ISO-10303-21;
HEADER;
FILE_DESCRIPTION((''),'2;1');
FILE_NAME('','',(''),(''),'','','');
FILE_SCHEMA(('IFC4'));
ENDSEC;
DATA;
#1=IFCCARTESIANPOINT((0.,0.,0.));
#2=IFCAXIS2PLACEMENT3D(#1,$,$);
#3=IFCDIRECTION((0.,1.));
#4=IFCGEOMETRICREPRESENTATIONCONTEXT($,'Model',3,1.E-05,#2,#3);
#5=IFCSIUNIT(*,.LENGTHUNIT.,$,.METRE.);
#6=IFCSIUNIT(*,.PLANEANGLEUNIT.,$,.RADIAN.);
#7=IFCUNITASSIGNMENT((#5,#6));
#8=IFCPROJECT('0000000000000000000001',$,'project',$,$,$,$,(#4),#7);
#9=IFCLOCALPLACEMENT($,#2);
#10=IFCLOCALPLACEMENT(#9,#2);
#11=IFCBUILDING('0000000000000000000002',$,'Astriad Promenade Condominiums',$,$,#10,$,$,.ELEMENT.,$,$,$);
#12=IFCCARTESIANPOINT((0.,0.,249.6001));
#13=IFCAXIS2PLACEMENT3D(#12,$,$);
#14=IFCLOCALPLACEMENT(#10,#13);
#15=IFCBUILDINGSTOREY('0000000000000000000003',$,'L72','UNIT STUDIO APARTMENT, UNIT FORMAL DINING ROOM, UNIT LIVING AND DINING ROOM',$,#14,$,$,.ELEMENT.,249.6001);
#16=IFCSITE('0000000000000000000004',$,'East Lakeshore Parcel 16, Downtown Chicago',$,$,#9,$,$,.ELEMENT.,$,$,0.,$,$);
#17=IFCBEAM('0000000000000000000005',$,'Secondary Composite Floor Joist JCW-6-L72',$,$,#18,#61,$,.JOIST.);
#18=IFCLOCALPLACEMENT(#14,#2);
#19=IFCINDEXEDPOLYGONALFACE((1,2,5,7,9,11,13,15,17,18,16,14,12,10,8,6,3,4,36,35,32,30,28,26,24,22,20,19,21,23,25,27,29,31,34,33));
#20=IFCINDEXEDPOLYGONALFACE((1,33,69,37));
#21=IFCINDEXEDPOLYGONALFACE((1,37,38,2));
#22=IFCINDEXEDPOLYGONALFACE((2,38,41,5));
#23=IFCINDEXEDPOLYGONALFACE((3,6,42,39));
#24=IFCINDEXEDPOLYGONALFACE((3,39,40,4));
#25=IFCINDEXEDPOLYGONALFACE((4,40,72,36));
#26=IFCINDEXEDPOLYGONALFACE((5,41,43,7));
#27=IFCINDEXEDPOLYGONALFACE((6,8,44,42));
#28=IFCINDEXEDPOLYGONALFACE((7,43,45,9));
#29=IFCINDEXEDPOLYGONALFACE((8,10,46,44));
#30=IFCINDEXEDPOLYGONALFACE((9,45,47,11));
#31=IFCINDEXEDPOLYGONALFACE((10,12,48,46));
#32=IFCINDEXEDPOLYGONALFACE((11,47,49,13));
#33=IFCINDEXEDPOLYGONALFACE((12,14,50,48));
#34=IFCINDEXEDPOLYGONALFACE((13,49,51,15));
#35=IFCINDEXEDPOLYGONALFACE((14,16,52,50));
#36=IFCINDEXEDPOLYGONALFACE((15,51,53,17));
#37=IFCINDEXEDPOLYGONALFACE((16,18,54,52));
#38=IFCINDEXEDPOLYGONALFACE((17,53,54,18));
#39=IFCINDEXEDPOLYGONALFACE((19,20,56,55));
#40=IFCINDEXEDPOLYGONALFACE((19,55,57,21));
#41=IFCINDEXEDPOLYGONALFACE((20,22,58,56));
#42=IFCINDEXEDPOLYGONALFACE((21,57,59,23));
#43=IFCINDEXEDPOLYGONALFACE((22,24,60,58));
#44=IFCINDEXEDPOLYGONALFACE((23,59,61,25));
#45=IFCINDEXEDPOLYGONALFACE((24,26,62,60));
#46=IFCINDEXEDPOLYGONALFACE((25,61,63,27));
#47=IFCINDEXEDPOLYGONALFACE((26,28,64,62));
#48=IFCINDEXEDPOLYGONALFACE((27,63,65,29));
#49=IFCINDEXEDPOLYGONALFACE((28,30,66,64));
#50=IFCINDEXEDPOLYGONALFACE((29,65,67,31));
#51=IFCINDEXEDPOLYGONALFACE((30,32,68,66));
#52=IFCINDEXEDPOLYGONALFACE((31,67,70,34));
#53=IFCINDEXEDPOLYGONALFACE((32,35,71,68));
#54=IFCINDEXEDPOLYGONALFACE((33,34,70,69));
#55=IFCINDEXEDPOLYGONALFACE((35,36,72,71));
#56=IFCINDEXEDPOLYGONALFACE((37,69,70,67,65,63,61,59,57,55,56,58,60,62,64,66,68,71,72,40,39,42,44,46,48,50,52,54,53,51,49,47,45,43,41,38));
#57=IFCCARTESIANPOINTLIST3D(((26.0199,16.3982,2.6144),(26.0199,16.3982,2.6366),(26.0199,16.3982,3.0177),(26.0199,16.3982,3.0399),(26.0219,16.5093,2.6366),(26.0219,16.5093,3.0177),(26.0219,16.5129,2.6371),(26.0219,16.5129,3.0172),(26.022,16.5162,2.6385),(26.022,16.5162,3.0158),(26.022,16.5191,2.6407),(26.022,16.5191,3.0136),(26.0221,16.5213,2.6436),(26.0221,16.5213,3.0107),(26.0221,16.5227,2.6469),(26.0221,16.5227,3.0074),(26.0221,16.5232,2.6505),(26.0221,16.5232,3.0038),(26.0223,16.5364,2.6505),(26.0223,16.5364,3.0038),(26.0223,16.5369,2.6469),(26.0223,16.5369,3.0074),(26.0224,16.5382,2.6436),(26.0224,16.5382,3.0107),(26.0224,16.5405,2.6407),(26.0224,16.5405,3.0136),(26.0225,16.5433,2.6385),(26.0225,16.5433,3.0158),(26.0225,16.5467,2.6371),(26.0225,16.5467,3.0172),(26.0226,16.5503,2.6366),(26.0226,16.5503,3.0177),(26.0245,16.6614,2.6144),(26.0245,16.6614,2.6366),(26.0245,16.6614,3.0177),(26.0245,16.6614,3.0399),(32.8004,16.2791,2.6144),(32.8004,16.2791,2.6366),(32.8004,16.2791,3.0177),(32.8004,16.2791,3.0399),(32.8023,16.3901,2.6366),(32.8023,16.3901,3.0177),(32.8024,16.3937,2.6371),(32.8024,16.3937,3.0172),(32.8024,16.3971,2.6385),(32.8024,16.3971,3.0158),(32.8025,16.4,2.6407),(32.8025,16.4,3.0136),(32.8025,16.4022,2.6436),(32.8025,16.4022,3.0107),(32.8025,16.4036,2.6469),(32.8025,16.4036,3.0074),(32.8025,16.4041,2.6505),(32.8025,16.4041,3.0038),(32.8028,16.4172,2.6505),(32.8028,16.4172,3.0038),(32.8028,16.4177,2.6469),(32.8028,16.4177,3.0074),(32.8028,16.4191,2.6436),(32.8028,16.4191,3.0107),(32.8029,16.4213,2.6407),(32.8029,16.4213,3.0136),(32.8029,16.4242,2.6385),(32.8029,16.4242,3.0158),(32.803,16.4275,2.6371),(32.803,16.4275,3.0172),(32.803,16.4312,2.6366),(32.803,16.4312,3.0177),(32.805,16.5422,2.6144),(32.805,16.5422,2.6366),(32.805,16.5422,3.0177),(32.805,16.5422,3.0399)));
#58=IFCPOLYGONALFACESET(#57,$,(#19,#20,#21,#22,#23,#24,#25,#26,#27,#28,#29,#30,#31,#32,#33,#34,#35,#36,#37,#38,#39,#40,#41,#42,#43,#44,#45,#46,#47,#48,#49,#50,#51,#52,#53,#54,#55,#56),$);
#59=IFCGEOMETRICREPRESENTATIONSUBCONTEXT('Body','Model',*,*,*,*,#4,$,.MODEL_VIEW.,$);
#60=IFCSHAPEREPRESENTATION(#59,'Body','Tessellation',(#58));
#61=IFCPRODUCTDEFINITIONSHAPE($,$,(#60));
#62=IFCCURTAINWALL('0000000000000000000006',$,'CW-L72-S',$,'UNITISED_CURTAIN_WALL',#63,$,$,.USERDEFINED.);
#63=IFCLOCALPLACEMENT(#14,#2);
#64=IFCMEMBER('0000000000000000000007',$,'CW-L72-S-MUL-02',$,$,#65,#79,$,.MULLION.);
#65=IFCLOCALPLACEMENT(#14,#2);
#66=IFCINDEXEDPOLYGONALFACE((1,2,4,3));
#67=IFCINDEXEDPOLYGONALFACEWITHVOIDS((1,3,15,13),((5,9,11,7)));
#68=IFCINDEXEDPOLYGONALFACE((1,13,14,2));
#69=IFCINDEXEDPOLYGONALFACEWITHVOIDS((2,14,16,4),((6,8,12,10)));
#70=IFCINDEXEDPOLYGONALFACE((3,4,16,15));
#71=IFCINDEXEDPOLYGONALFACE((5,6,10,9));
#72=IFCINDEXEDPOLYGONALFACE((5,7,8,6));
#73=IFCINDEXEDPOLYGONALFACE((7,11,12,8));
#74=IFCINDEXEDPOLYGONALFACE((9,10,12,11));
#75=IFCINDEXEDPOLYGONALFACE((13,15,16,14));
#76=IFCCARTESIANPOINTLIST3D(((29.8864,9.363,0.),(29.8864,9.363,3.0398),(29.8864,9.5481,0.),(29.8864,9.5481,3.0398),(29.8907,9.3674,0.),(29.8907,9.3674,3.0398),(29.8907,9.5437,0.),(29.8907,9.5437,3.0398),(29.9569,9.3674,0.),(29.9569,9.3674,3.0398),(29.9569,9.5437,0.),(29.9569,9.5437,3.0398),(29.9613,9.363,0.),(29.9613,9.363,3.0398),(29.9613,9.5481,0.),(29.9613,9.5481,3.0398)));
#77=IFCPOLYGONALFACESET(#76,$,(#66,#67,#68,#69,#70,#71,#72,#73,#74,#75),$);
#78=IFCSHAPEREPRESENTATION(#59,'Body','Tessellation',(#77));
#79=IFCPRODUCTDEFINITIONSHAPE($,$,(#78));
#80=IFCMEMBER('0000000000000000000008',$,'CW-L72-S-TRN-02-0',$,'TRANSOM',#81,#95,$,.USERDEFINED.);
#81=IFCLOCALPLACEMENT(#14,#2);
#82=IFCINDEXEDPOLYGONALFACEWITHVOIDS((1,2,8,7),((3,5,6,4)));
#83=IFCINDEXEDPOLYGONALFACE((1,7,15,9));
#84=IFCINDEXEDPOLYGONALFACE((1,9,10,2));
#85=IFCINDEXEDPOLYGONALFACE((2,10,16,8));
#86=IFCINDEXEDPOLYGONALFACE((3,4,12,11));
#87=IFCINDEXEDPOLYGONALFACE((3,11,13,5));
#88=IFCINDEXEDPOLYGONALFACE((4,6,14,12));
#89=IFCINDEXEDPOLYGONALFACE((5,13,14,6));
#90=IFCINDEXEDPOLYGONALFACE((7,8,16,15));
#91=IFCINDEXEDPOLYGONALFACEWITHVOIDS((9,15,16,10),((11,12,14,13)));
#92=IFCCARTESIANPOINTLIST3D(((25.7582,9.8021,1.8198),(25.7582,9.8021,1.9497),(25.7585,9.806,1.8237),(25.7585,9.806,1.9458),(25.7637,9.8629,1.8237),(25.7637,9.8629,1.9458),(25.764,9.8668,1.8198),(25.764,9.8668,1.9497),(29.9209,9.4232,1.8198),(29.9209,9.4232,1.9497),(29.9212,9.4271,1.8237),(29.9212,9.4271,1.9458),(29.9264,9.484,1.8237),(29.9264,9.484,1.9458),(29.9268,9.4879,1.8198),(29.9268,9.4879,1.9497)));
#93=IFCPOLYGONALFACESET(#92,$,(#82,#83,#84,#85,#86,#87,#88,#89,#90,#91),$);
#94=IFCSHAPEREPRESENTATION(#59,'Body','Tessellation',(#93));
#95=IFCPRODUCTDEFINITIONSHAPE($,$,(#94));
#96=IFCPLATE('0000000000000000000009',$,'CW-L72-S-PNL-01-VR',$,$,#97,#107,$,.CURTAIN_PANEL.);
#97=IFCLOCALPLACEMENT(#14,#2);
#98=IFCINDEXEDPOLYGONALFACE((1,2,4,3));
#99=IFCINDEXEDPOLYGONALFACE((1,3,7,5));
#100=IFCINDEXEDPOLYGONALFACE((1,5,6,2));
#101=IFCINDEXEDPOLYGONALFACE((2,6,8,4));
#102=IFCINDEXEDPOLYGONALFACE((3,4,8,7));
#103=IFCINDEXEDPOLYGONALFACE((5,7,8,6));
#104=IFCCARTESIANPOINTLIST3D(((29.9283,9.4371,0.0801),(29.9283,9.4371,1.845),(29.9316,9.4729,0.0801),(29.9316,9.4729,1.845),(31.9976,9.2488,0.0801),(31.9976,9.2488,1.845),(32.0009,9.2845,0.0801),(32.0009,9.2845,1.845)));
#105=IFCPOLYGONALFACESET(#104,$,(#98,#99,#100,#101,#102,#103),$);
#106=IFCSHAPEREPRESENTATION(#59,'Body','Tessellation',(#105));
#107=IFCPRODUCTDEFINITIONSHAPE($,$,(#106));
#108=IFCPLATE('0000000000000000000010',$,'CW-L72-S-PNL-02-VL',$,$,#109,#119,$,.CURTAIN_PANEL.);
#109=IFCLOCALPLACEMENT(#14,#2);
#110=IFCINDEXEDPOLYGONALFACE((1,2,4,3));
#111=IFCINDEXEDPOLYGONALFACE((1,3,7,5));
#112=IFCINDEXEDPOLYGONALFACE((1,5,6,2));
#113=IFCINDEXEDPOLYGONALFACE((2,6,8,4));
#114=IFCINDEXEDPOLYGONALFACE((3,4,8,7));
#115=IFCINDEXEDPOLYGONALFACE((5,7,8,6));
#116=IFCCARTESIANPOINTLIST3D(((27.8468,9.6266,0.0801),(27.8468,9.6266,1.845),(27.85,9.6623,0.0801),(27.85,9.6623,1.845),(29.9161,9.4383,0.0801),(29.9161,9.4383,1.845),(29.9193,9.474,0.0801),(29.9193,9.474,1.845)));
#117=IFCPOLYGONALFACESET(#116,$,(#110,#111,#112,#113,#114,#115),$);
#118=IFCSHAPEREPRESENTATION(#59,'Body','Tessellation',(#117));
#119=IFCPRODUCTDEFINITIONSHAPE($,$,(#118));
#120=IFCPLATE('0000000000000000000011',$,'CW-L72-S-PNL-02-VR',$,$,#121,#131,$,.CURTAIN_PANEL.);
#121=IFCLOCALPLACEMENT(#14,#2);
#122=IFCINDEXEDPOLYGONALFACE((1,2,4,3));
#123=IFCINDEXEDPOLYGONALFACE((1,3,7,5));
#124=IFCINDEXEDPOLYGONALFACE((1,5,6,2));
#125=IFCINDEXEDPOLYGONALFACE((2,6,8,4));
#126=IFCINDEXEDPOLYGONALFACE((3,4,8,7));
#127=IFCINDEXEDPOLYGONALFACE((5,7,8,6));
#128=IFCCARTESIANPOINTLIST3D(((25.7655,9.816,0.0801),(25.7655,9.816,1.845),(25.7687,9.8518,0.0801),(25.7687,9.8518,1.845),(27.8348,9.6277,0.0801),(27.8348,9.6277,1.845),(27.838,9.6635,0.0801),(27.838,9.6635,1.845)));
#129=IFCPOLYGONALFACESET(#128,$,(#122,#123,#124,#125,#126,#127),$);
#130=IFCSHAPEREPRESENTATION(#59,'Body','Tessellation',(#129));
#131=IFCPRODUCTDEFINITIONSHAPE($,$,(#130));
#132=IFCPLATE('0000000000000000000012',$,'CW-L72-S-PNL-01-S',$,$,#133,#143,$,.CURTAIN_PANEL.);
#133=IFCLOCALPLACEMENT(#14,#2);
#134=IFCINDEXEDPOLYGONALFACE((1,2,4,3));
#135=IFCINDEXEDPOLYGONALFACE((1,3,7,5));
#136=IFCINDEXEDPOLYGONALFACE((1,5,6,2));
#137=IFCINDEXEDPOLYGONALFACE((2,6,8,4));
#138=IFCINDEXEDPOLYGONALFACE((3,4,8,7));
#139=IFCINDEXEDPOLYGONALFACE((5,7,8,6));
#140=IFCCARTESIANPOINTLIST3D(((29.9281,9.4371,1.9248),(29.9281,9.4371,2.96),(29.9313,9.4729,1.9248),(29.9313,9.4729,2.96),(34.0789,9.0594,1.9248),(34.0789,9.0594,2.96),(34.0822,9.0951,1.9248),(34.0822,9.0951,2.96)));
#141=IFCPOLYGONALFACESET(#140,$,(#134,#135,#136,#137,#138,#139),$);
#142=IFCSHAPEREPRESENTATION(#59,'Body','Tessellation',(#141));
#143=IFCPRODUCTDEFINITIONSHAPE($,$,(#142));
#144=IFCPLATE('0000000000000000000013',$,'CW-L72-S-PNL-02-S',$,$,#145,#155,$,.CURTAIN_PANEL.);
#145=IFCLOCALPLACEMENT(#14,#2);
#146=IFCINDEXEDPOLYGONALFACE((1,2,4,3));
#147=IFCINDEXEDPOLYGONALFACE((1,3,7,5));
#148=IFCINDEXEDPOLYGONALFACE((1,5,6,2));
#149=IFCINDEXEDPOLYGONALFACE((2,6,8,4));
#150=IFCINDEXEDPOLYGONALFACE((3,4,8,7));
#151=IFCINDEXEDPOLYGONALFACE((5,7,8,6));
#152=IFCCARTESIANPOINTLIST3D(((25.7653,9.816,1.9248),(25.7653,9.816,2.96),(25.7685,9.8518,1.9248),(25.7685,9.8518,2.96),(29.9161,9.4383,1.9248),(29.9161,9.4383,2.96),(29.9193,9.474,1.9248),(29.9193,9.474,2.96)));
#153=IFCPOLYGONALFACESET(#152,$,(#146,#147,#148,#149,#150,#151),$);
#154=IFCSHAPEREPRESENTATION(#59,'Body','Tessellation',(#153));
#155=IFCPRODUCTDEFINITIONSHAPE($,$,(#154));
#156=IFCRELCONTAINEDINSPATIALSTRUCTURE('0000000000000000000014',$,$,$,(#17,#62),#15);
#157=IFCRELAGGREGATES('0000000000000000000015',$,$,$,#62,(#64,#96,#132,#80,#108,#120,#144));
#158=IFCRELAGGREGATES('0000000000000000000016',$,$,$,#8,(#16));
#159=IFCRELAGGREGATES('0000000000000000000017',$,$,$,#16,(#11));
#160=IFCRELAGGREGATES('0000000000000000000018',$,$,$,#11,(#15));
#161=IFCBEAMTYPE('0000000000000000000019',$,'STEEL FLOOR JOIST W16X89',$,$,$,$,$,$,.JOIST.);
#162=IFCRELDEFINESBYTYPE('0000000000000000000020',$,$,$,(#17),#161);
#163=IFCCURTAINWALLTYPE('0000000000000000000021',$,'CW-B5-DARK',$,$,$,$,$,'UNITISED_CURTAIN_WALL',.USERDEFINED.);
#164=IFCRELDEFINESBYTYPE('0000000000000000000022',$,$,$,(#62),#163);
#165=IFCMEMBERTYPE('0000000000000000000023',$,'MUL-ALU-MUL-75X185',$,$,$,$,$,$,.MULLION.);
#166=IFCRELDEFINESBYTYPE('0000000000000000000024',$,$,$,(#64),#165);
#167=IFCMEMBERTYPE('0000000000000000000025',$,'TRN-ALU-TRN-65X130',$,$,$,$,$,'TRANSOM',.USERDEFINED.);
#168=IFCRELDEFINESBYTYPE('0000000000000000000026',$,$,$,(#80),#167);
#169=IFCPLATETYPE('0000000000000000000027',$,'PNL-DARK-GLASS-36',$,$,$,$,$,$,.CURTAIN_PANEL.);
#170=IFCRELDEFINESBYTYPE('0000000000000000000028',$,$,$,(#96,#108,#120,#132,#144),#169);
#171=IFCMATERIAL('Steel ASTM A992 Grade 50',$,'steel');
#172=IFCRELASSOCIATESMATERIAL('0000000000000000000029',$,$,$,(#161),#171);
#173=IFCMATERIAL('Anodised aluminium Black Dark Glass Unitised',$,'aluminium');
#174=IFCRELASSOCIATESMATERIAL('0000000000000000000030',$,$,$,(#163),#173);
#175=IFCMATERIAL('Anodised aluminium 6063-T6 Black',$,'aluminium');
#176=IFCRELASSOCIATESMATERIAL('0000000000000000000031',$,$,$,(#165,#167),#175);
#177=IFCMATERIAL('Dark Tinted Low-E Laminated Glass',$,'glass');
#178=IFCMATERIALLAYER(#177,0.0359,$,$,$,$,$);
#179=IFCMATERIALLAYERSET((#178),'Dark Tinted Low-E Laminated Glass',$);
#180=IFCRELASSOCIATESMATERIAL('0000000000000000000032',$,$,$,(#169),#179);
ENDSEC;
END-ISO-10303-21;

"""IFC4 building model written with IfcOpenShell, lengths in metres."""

from ifc_helpers import new_model, si_unit, direction, frame, origin, origin_2d, place, context, subcontext, project, spatial, rectangle, hollow_rectangle, i_section, extrude, source, transform, mapped, material, layer, layer_set, material_profile, profile_set, type_object, type_shapes, element, aggregate, save


model = new_model("IFC4")

# Units and contexts
model_context = context("Model", 3, precision=1e-05, world=origin(), true_north=direction((0.0, 1.0)))
body_context = subcontext(model_context, "Body", "Model", "MODEL_VIEW")
ifc_project = project(units=[si_unit("LENGTHUNIT", "METRE"), si_unit("PLANEANGLEUNIT", "RADIAN")], contexts=[model_context])

# Site, building, storey
site_placement = place(None, origin())
site = spatial("IfcSite", under=ifc_project, at=site_placement, Name="East Lakeshore Parcel 16, Downtown Chicago", CompositionType="ELEMENT", RefElevation=0.0)
building_placement = place(site_placement, origin())
building = spatial("IfcBuilding", under=site, at=building_placement, Name="Astriad Promenade Condominiums", CompositionType="ELEMENT")
storey_placement = place(building_placement, frame((0.0, 0.0, 249.6001)))
storey = spatial("IfcBuildingStorey", under=building, at=storey_placement, Name="L72", Description="UNIT STUDIO APARTMENT, UNIT FORMAL DINING ROOM, UNIT LIVING AND DINING ROOM", CompositionType="ELEMENT", Elevation=249.6001)

# Shared definitions
ifc_material_1 = material(Name="Steel ASTM A992 Grade 50", Category="steel")

# Beam
ifc_material_profile_1 = material_profile(ifc_material_1, i_section(OverallWidth=0.2632, OverallDepth=0.4255, WebThickness=0.0132, FlangeThickness=0.0222, FilletRadius=0.0139, at=origin_2d()), Name="W16X89")
ifc_profile_set_1 = profile_set([ifc_material_profile_1], Name="Steel ASTM A992 Grade 50")
beam_type_1 = type_object("IfcBeamType", Name="STEEL FLOOR JOIST W16X89", PredefinedType="JOIST", material=ifc_profile_set_1)
shared_shape_1 = source(origin(), body_context, "Body", "SweptSolid", [
    extrude(i_section(OverallWidth=0.2632, OverallDepth=0.4255, WebThickness=0.0132, FlangeThickness=0.0222, FilletRadius=0.0139, at=origin_2d()), origin(), (0.0, 0.0, 1.0), 6.7815),
])
type_shapes(beam_type_1, [shared_shape_1])
beam_1_placement = place(storey_placement, frame((26.0222, 16.5298, 2.8271), z_axis=(0.999846, -0.017568, 0.0), x_axis=(0.017568, 0.999846, 0.0)))
element("IfcBeam", 1, at=beam_1_placement, inside=storey, type_object=beam_type_1, Name="Secondary Composite Floor Joist JCW-6-L72", PredefinedType="JOIST", context=body_context, shape_type="MappedRepresentation", body=[
    mapped(shared_shape_1, transform((0.0, 0.0, 0.0), scale=1.0)),
])

# Curtain wall, members, plates
ifc_material_2 = material(Name="Anodised aluminium Black Dark Glass Unitised", Category="aluminium")
curtain_wall_type = type_object("IfcCurtainWallType", Name="CW-B5-DARK", ElementType="UNITISED_CURTAIN_WALL", PredefinedType="USERDEFINED", material=ifc_material_2)
curtain_wall_placement = place(storey_placement, origin())
curtain_wall = element("IfcCurtainWall", 2, at=curtain_wall_placement, inside=storey, type_object=curtain_wall_type, Name="CW-L72-S", ObjectType="UNITISED_CURTAIN_WALL", PredefinedType="USERDEFINED")
ifc_material_3 = material(Name="Anodised aluminium 6063-T6 Black", Category="aluminium")
ifc_material_profile_2 = material_profile(ifc_material_3, hollow_rectangle(XDim=0.075, YDim=0.1851, WallThickness=0.0044, at=origin_2d()), Name="ALU-MUL-75X185")
ifc_profile_set_2 = profile_set([ifc_material_profile_2], Name="Anodised aluminium 6063-T6 Black")
member_type_1 = type_object("IfcMemberType", Name="MUL-ALU-MUL-75X185", PredefinedType="MULLION", material=ifc_profile_set_2)
shared_shape_2 = source(origin(), body_context, "Body", "SweptSolid", [
    extrude(hollow_rectangle(XDim=0.075, YDim=0.1851, WallThickness=0.0044, at=origin_2d()), origin(), (0.0, 0.0, 1.0), 3.0398),
])
type_shapes(member_type_1, [shared_shape_2])
member_1_placement = place(storey_placement, frame((29.9238, 9.4556, 0.0), z_axis=(0.0, 0.0, 1.0), x_axis=(1.0, 0.0, 0.0)))
member_1 = element("IfcMember", 3, at=member_1_placement, type_object=member_type_1, Name="CW-L72-S-MUL-02", PredefinedType="MULLION", context=body_context, shape_type="MappedRepresentation", body=[
    mapped(shared_shape_2, transform((0.0, 0.0, 0.0), scale=1.0)),
])
ifc_material_profile_3 = material_profile(ifc_material_3, hollow_rectangle(XDim=0.0649, YDim=0.1299, WallThickness=0.0039, at=origin_2d()), Name="ALU-TRN-65X130")
ifc_profile_set_3 = profile_set([ifc_material_profile_3], Name="Anodised aluminium 6063-T6 Black")
member_type_2 = type_object("IfcMemberType", Name="TRN-ALU-TRN-65X130", ElementType="TRANSOM", PredefinedType="USERDEFINED", material=ifc_profile_set_3)
shared_shape_3 = source(origin(), body_context, "Body", "SweptSolid", [
    extrude(hollow_rectangle(XDim=0.0649, YDim=0.1299, WallThickness=0.0039, at=origin_2d()), origin(), (0.0, 0.0, 1.0), 4.1799),
])
type_shapes(member_type_2, [shared_shape_3])
member_2_placement = place(storey_placement, frame((29.9238, 9.4556, 1.8848), z_axis=(-0.995883, 0.090646, 0.0), x_axis=(-0.090646, -0.995883, 0.0)))
member_2 = element("IfcMember", 4, at=member_2_placement, type_object=member_type_2, Name="CW-L72-S-TRN-02-0", ObjectType="TRANSOM", PredefinedType="USERDEFINED", context=body_context, shape_type="MappedRepresentation", body=[
    mapped(shared_shape_3, transform((0.0, 0.0, 0.0), scale=1.0)),
])
ifc_material_4 = material(Name="Dark Tinted Low-E Laminated Glass", Category="glass")
ifc_layer_1 = layer(ifc_material_4, 0.0359)
ifc_layer_set_1 = layer_set([ifc_layer_1], Name="Dark Tinted Low-E Laminated Glass")
plate_type = type_object("IfcPlateType", Name="PNL-DARK-GLASS-36", PredefinedType="CURTAIN_PANEL", material=ifc_layer_set_1)
shared_shape_4 = source(origin(), body_context, "Body", "SweptSolid", [
    extrude(rectangle(XDim=2.0779, YDim=0.0359, at=origin_2d()), origin(), (0.0, 0.0, 1.0), 1.7649),
])
plate_1_placement = place(storey_placement, frame((30.9646, 9.3608, 0.0801), z_axis=(0.0, 0.0, 1.0), x_axis=(-0.995884, 0.090633, 0.0)))
plate_1 = element("IfcPlate", 5, at=plate_1_placement, type_object=plate_type, Name="CW-L72-S-PNL-01-VR", PredefinedType="CURTAIN_PANEL", context=body_context, shape_type="MappedRepresentation", body=[
    mapped(shared_shape_4, transform((0.0, 0.0, 0.0), scale=1.0)),
])
plate_2_placement = place(storey_placement, frame((28.8831, 9.5503, 0.0801), z_axis=(0.0, 0.0, 1.0), x_axis=(-0.995884, 0.090633, 0.0)))
plate_2 = element("IfcPlate", 6, at=plate_2_placement, type_object=plate_type, Name="CW-L72-S-PNL-02-VL", PredefinedType="CURTAIN_PANEL", context=body_context, shape_type="MappedRepresentation", body=[
    mapped(shared_shape_4, transform((0.0, 0.0, 0.0), scale=1.0)),
])
plate_3_placement = place(storey_placement, frame((26.8018, 9.7397, 0.0801), z_axis=(0.0, 0.0, 1.0), x_axis=(-0.995884, 0.090633, 0.0)))
plate_3 = element("IfcPlate", 7, at=plate_3_placement, type_object=plate_type, Name="CW-L72-S-PNL-02-VR", PredefinedType="CURTAIN_PANEL", context=body_context, shape_type="MappedRepresentation", body=[
    mapped(shared_shape_4, transform((0.0, 0.0, 0.0), scale=1.0)),
])
shared_shape_5 = source(origin(), body_context, "Body", "SweptSolid", [
    extrude(rectangle(XDim=4.168, YDim=0.0359, at=origin_2d()), origin(), (0.0, 0.0, 1.0), 1.0352),
])
type_shapes(plate_type, [shared_shape_4, shared_shape_5])
plate_4_placement = place(storey_placement, frame((32.0051, 9.2661, 1.9248), z_axis=(0.0, 0.0, 1.0), x_axis=(-0.995884, 0.090633, 0.0)))
plate_4 = element("IfcPlate", 8, at=plate_4_placement, type_object=plate_type, Name="CW-L72-S-PNL-01-S", PredefinedType="CURTAIN_PANEL", context=body_context, shape_type="MappedRepresentation", body=[
    mapped(shared_shape_5, transform((0.0, 0.0, 0.0), scale=1.0)),
])
plate_5_placement = place(storey_placement, frame((27.8423, 9.645, 1.9248), z_axis=(0.0, 0.0, 1.0), x_axis=(-0.995884, 0.090633, 0.0)))
plate_5 = element("IfcPlate", 9, at=plate_5_placement, type_object=plate_type, Name="CW-L72-S-PNL-02-S", PredefinedType="CURTAIN_PANEL", context=body_context, shape_type="MappedRepresentation", body=[
    mapped(shared_shape_5, transform((0.0, 0.0, 0.0), scale=1.0)),
])
aggregate(curtain_wall, [member_1, plate_1, plate_4, member_2, plate_2, plate_3, plate_5])

save(model, "model.ifc")
